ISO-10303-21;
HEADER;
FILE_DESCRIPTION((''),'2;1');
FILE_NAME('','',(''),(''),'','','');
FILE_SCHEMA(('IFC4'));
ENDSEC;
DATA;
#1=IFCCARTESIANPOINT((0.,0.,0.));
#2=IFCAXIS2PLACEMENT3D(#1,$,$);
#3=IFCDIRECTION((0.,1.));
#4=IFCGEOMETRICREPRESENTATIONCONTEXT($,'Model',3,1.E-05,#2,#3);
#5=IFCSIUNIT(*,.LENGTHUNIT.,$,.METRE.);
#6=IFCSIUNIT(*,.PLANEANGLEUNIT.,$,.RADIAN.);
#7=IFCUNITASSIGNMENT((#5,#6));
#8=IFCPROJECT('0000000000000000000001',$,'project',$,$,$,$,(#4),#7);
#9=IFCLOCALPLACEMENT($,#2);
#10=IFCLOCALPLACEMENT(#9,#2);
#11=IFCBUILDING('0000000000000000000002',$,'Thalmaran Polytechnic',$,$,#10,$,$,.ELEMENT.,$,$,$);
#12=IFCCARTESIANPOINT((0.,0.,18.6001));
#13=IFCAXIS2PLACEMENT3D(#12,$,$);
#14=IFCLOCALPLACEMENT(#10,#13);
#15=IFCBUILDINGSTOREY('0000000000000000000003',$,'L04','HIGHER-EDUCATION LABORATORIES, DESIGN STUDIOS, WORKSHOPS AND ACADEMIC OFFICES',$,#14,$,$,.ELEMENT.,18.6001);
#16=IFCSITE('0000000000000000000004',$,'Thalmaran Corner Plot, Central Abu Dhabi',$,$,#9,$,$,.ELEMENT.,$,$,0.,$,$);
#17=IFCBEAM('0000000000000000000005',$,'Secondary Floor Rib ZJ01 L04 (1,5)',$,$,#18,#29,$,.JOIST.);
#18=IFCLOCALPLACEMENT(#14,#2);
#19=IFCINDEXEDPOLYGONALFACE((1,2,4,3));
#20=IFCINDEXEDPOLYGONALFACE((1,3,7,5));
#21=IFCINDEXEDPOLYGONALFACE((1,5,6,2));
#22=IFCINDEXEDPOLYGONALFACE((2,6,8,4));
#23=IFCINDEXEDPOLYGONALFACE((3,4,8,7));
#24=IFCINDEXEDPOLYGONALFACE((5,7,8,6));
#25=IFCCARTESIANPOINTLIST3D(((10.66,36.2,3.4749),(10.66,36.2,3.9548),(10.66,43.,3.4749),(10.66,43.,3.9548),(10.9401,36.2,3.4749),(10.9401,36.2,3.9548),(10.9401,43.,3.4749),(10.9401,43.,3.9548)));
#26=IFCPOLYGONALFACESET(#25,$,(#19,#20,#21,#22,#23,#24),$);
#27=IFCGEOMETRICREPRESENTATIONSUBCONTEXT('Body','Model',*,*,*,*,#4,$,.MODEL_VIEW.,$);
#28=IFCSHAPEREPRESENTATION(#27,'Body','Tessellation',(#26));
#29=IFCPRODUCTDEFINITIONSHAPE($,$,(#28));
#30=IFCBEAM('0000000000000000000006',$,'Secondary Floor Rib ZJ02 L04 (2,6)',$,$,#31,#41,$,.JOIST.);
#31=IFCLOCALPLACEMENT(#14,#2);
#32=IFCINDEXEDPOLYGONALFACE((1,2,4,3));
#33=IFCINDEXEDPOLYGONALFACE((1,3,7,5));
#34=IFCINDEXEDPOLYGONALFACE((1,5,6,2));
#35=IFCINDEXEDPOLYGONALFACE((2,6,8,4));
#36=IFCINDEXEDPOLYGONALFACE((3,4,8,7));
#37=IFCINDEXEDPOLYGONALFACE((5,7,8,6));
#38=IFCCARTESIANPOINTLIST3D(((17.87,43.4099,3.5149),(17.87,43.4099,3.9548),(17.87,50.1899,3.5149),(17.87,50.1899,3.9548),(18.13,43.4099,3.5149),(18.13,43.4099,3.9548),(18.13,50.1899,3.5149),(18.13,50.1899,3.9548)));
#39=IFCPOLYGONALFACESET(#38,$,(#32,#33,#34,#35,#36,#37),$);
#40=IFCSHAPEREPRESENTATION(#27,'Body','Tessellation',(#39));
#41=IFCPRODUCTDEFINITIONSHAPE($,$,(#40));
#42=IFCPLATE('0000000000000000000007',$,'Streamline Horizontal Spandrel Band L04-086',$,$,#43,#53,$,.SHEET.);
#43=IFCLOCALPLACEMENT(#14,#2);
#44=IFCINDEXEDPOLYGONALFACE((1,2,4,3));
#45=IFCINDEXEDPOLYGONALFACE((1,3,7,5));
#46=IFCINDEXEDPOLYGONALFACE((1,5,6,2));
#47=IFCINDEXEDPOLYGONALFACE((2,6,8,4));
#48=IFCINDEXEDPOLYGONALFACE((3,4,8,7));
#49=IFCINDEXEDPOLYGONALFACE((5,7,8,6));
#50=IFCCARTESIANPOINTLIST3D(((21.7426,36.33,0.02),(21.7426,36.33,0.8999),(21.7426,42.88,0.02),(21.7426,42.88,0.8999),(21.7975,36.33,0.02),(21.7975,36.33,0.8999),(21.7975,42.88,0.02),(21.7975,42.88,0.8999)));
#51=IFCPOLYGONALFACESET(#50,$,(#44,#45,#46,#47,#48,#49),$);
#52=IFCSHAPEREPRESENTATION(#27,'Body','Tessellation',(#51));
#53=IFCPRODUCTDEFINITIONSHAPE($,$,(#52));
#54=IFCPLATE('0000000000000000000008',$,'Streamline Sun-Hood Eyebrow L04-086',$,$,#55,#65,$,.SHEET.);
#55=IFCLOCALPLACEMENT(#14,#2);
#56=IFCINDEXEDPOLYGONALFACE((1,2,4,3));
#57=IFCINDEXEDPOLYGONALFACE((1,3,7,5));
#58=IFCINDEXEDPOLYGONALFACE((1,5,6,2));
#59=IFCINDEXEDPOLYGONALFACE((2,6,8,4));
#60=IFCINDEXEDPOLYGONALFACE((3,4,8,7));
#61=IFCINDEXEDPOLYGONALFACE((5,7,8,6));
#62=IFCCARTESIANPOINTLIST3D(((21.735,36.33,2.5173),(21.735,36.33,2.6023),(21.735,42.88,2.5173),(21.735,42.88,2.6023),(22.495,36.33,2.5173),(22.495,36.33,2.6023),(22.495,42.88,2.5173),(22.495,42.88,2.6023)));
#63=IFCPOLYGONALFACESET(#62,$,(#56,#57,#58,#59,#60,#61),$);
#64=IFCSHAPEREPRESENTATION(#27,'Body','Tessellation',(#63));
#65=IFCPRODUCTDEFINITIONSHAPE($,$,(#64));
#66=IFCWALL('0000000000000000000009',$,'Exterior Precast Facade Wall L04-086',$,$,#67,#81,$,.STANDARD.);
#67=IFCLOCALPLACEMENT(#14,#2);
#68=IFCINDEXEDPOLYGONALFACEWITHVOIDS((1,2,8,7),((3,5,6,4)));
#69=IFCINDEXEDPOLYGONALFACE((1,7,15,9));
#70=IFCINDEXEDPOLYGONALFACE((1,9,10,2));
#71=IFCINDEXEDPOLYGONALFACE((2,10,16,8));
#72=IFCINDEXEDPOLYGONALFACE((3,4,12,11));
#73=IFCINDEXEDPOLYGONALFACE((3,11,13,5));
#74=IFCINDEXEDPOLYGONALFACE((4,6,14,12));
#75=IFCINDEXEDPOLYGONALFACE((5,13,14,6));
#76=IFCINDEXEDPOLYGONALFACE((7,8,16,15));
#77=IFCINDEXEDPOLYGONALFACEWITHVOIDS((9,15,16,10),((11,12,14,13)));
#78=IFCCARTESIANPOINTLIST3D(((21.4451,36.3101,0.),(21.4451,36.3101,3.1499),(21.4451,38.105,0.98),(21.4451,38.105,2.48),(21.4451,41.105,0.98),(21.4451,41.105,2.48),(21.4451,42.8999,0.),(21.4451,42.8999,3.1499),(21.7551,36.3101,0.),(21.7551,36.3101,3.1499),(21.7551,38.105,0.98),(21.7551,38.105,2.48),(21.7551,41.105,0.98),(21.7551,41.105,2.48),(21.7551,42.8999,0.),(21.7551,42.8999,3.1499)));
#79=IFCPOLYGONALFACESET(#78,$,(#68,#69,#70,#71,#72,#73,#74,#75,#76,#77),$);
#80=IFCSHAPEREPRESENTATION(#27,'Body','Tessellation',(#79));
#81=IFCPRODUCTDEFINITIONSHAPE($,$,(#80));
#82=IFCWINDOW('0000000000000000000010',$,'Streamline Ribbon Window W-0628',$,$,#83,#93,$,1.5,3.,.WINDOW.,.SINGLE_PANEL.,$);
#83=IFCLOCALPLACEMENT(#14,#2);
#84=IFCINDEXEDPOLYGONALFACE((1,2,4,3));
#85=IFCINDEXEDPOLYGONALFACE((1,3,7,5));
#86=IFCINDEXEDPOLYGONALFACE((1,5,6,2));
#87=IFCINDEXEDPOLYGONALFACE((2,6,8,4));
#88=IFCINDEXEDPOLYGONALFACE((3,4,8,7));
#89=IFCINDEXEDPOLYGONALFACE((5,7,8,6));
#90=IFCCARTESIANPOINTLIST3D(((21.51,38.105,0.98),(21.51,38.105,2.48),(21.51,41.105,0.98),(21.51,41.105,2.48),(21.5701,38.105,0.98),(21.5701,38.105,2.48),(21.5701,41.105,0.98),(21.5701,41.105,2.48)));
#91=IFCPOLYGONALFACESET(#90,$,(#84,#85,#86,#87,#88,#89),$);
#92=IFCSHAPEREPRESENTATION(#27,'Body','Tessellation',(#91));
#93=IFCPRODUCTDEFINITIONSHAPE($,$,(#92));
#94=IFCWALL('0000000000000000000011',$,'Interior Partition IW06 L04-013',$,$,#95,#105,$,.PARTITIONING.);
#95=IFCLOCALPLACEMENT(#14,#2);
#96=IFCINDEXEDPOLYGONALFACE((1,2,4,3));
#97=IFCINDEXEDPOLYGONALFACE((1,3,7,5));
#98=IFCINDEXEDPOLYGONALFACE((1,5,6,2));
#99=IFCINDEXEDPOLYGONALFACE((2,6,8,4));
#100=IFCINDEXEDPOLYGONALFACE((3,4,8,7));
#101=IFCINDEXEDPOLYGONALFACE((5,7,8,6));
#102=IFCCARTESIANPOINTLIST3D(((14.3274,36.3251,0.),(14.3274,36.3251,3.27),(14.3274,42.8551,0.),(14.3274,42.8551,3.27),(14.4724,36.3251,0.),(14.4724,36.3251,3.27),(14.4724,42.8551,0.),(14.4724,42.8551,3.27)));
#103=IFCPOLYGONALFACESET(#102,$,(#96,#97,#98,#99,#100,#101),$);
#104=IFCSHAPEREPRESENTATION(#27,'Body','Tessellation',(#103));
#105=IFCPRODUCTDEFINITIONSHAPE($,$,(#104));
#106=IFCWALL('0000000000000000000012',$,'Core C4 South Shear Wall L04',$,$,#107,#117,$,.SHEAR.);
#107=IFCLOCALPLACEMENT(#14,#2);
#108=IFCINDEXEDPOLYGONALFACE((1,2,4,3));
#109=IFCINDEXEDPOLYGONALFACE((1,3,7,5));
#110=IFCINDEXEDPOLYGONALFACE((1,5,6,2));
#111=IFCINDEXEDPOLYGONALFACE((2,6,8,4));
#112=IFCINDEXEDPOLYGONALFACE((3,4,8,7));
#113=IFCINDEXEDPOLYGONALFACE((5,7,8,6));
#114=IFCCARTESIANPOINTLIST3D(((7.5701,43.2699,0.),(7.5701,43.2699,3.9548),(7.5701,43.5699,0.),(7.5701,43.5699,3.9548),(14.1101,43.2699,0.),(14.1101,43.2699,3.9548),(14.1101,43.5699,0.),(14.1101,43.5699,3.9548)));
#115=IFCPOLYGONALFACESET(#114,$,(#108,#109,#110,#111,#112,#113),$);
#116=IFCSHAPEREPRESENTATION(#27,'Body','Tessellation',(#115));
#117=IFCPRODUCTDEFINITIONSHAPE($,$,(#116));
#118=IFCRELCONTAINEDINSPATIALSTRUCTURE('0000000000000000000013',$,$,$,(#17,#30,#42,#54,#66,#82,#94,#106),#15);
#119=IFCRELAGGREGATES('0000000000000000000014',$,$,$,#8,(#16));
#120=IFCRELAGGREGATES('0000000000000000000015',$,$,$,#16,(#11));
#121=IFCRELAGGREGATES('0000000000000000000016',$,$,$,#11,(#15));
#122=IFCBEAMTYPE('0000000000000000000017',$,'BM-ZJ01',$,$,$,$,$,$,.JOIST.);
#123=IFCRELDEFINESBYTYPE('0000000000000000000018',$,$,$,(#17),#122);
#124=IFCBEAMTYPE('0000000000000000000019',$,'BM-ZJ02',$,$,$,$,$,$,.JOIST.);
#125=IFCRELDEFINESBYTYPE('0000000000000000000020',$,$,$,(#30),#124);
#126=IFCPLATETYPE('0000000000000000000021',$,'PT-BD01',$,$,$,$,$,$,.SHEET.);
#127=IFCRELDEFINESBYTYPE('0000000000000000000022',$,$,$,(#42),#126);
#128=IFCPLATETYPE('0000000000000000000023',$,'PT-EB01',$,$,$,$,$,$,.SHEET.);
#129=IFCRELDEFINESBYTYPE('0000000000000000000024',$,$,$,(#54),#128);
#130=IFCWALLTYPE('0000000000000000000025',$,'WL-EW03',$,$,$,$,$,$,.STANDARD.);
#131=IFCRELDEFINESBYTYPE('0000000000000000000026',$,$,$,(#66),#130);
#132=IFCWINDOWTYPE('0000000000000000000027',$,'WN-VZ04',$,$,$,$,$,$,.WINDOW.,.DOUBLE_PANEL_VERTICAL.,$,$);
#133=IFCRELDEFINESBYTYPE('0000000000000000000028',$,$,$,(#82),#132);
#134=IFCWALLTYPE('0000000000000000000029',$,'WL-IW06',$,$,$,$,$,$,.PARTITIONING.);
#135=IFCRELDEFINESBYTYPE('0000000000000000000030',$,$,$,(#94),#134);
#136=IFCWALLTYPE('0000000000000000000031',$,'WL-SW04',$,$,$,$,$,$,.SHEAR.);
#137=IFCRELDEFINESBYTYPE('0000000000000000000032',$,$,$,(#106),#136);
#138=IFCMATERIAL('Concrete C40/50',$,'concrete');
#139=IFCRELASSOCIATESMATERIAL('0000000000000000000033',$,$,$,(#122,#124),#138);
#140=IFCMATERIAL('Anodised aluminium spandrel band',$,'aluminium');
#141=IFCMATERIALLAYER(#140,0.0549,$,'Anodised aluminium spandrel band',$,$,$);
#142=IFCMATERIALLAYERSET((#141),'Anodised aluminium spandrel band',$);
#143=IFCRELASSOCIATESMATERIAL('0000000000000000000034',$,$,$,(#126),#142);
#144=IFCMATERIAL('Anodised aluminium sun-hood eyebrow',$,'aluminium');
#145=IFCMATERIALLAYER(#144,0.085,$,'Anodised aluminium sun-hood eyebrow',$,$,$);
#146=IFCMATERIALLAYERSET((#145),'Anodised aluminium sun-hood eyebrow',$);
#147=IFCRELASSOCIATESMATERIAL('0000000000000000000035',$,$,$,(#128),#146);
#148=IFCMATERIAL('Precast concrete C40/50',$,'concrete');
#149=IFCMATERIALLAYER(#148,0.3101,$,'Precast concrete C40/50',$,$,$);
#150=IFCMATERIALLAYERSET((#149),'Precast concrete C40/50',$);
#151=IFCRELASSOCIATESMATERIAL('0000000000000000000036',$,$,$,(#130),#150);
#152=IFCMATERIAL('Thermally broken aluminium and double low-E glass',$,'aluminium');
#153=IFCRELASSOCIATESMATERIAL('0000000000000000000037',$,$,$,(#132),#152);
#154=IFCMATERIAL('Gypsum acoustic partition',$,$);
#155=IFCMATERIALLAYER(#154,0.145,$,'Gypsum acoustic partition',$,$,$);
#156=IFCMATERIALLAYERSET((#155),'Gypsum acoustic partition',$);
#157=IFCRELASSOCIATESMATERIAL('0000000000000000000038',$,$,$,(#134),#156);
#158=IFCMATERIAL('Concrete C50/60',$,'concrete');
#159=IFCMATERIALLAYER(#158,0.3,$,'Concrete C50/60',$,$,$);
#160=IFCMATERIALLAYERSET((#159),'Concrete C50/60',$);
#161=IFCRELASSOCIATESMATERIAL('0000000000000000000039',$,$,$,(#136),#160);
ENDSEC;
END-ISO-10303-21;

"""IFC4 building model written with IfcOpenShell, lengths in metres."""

from ifc_helpers import new_model, si_unit, direction, frame, frame_2d, origin, origin_2d, place, context, subcontext, project, spatial, rectangle, extrude, material, layer, layer_set, material_profile, profile_set, type_object, element, fill, save


model = new_model("IFC4")

# Units and contexts
model_context = context("Model", 3, precision=1e-05, world=origin(), true_north=direction((0.0, 1.0)))
body_context = subcontext(model_context, "Body", "Model", "MODEL_VIEW")
ifc_project = project(units=[si_unit("LENGTHUNIT", "METRE"), si_unit("PLANEANGLEUNIT", "RADIAN")], contexts=[model_context])

# Site, building, storey
site_placement = place(None, origin())
site = spatial("IfcSite", under=ifc_project, at=site_placement, Name="Thalmaran Corner Plot, Central Abu Dhabi", CompositionType="ELEMENT", RefElevation=0.0)
building_placement = place(site_placement, origin())
building = spatial("IfcBuilding", under=site, at=building_placement, Name="Thalmaran Polytechnic", CompositionType="ELEMENT")
storey_placement = place(building_placement, frame((0.0, 0.0, 18.6001)))
storey = spatial("IfcBuildingStorey", under=building, at=storey_placement, Name="L04", Description="HIGHER-EDUCATION LABORATORIES, DESIGN STUDIOS, WORKSHOPS AND ACADEMIC OFFICES", CompositionType="ELEMENT", Elevation=18.6001)

# Shared definitions
ifc_material_1 = material(Name="Concrete C40/50", Category="concrete")

# Beams
ifc_material_profile_1 = material_profile(ifc_material_1, rectangle(XDim=0.28, YDim=0.48, at=origin_2d()), Name="RC 280x480")
ifc_profile_set_1 = profile_set([ifc_material_profile_1], Name="Concrete C40/50")
beam_type_1 = type_object("IfcBeamType", Name="BM-ZJ01", PredefinedType="JOIST", material=ifc_profile_set_1)
beam_1_placement = place(storey_placement, frame((10.8, 36.2, 3.7148), z_axis=(0.0, 1.0, 0.0), x_axis=(-1.0, 0.0, 0.0)))
element("IfcBeam", 1, at=beam_1_placement, inside=storey, type_object=beam_type_1, Name="Secondary Floor Rib ZJ01 L04 (1,5)", PredefinedType="JOIST", context=body_context, shape_type="SweptSolid", body=[
    extrude(rectangle(XDim=0.28, YDim=0.48, at=origin_2d()), origin(), (0.0, 0.0, 1.0), 6.8),
])
ifc_material_profile_2 = material_profile(ifc_material_1, rectangle(XDim=0.26, YDim=0.4399, at=origin_2d()), Name="RC 260x440")
ifc_profile_set_2 = profile_set([ifc_material_profile_2], Name="Concrete C40/50")
beam_type_2 = type_object("IfcBeamType", Name="BM-ZJ02", PredefinedType="JOIST", material=ifc_profile_set_2)
beam_2_placement = place(storey_placement, frame((18.0, 43.4099, 3.7349), z_axis=(0.0, 1.0, 0.0), x_axis=(-1.0, 0.0, 0.0)))
element("IfcBeam", 2, at=beam_2_placement, inside=storey, type_object=beam_type_2, Name="Secondary Floor Rib ZJ02 L04 (2,6)", PredefinedType="JOIST", context=body_context, shape_type="SweptSolid", body=[
    extrude(rectangle(XDim=0.26, YDim=0.4399, at=origin_2d()), origin(), (0.0, 0.0, 1.0), 6.78),
])

# Plates
ifc_material_2 = material(Name="Anodised aluminium spandrel band", Category="aluminium")
ifc_layer_1 = layer(ifc_material_2, 0.0549, Name="Anodised aluminium spandrel band")
ifc_layer_set_1 = layer_set([ifc_layer_1], Name="Anodised aluminium spandrel band")
plate_type_1 = type_object("IfcPlateType", Name="PT-BD01", PredefinedType="SHEET", material=ifc_layer_set_1)
plate_1_placement = place(storey_placement, frame((21.77, 39.605, 0.02), z_axis=(0.0, 0.0, 1.0), x_axis=(0.0, -1.0, 0.0)))
element("IfcPlate", 3, at=plate_1_placement, inside=storey, type_object=plate_type_1, Name="Streamline Horizontal Spandrel Band L04-086", PredefinedType="SHEET", context=body_context, shape_type="SweptSolid", body=[
    extrude(rectangle(XDim=6.55, YDim=0.0549, at=origin_2d()), origin(), (0.0, 0.0, 1.0), 0.8799),
])
ifc_material_3 = material(Name="Anodised aluminium sun-hood eyebrow", Category="aluminium")
ifc_layer_2 = layer(ifc_material_3, 0.085, Name="Anodised aluminium sun-hood eyebrow")
ifc_layer_set_2 = layer_set([ifc_layer_2], Name="Anodised aluminium sun-hood eyebrow")
plate_type_2 = type_object("IfcPlateType", Name="PT-EB01", PredefinedType="SHEET", material=ifc_layer_set_2)
plate_2_placement = place(storey_placement, frame((22.115, 39.605, 2.5173), z_axis=(0.0, 0.0, 1.0), x_axis=(0.0, -1.0, 0.0)))
element("IfcPlate", 4, at=plate_2_placement, inside=storey, type_object=plate_type_2, Name="Streamline Sun-Hood Eyebrow L04-086", PredefinedType="SHEET", context=body_context, shape_type="SweptSolid", body=[
    extrude(rectangle(XDim=6.55, YDim=0.76, at=origin_2d()), origin(), (0.0, 0.0, 1.0), 0.085),
])

# Wall, opening, window
ifc_material_4 = material(Name="Precast concrete C40/50", Category="concrete")
ifc_layer_3 = layer(ifc_material_4, 0.3101, Name="Precast concrete C40/50")
ifc_layer_set_3 = layer_set([ifc_layer_3], Name="Precast concrete C40/50")
wall_type_1 = type_object("IfcWallType", Name="WL-EW03", PredefinedType="STANDARD", material=ifc_layer_set_3)
wall_1_placement = place(storey_placement, frame((21.6001, 42.8999, 0.0), z_axis=(0.0, 0.0, 1.0), x_axis=(0.0, -1.0, 0.0)))
wall_1 = element("IfcWall", 5, at=wall_1_placement, inside=storey, type_object=wall_type_1, Name="Exterior Precast Facade Wall L04-086", PredefinedType="STANDARD", context=body_context, shape_type="SweptSolid", body=[
    extrude(rectangle(XDim=6.5898, YDim=0.3101, at=frame_2d((3.2949, 0.0))), origin(), (0.0, 0.0, 1.0), 3.1499),
])
opening_1_placement = place(wall_1_placement, frame((1.7949, 0.0, 0.98)))
opening_1 = element("IfcOpeningElement", 6, at=opening_1_placement, cuts=wall_1, PredefinedType="OPENING", context=body_context, shape_type="SweptSolid", body=[
    extrude(rectangle(XDim=3.0, YDim=1.5, at=frame_2d((1.5, 0.75))), frame((0.0, 0.165, 0.0), z_axis=(0.0, -1.0, 0.0), x_axis=(1.0, 0.0, 0.0)), (0.0, 0.0, 1.0), 0.3301),
])
ifc_material_5 = material(Name="Thermally broken aluminium and double low-E glass", Category="aluminium")
window_type = type_object("IfcWindowType", Name="WN-VZ04", PartitioningType="DOUBLE_PANEL_VERTICAL", PredefinedType="WINDOW", material=ifc_material_5)
window_placement = place(opening_1_placement, origin())
window = element("IfcWindow", 7, at=window_placement, inside=storey, type_object=window_type, Name="Streamline Ribbon Window W-0628", OverallHeight=1.5, OverallWidth=3.0, PartitioningType="SINGLE_PANEL", PredefinedType="WINDOW", context=body_context, shape_type="SweptSolid", body=[
    extrude(rectangle(XDim=3.0, YDim=1.5, at=frame_2d((1.5, 0.75))), frame((0.0, -0.03, 0.0), z_axis=(0.0, -1.0, 0.0), x_axis=(1.0, 0.0, 0.0)), (0.0, 0.0, 1.0), 0.0601),
])
fill(opening_1, window)

# Walls
ifc_material_6 = material(Name="Gypsum acoustic partition")
ifc_layer_4 = layer(ifc_material_6, 0.145, Name="Gypsum acoustic partition")
ifc_layer_set_4 = layer_set([ifc_layer_4], Name="Gypsum acoustic partition")
wall_type_2 = type_object("IfcWallType", Name="WL-IW06", PredefinedType="PARTITIONING", material=ifc_layer_set_4)
wall_2_placement = place(storey_placement, frame((14.3999, 36.325, 0.0), z_axis=(0.0, 0.0, 1.0), x_axis=(0.0, 1.0, 0.0)))
element("IfcWall", 8, at=wall_2_placement, inside=storey, type_object=wall_type_2, Name="Interior Partition IW06 L04-013", PredefinedType="PARTITIONING", context=body_context, shape_type="SweptSolid", body=[
    extrude(rectangle(XDim=6.53, YDim=0.145, at=frame_2d((3.2651, 0.0))), origin(), (0.0, 0.0, 1.0), 3.27),
])
ifc_material_7 = material(Name="Concrete C50/60", Category="concrete")
ifc_layer_5 = layer(ifc_material_7, 0.3, Name="Concrete C50/60")
ifc_layer_set_5 = layer_set([ifc_layer_5], Name="Concrete C50/60")
wall_type_3 = type_object("IfcWallType", Name="WL-SW04", PredefinedType="SHEAR", material=ifc_layer_set_5)
wall_3_placement = place(storey_placement, frame((7.5701, 43.4199, 0.0), z_axis=(0.0, 0.0, 1.0), x_axis=(1.0, 0.0, 0.0)))
element("IfcWall", 9, at=wall_3_placement, inside=storey, type_object=wall_type_3, Name="Core C4 South Shear Wall L04", PredefinedType="SHEAR", context=body_context, shape_type="SweptSolid", body=[
    extrude(rectangle(XDim=6.54, YDim=0.3, at=frame_2d((3.27, 0.0))), origin(), (0.0, 0.0, 1.0), 3.9548),
])

save(model, "model.ifc")
